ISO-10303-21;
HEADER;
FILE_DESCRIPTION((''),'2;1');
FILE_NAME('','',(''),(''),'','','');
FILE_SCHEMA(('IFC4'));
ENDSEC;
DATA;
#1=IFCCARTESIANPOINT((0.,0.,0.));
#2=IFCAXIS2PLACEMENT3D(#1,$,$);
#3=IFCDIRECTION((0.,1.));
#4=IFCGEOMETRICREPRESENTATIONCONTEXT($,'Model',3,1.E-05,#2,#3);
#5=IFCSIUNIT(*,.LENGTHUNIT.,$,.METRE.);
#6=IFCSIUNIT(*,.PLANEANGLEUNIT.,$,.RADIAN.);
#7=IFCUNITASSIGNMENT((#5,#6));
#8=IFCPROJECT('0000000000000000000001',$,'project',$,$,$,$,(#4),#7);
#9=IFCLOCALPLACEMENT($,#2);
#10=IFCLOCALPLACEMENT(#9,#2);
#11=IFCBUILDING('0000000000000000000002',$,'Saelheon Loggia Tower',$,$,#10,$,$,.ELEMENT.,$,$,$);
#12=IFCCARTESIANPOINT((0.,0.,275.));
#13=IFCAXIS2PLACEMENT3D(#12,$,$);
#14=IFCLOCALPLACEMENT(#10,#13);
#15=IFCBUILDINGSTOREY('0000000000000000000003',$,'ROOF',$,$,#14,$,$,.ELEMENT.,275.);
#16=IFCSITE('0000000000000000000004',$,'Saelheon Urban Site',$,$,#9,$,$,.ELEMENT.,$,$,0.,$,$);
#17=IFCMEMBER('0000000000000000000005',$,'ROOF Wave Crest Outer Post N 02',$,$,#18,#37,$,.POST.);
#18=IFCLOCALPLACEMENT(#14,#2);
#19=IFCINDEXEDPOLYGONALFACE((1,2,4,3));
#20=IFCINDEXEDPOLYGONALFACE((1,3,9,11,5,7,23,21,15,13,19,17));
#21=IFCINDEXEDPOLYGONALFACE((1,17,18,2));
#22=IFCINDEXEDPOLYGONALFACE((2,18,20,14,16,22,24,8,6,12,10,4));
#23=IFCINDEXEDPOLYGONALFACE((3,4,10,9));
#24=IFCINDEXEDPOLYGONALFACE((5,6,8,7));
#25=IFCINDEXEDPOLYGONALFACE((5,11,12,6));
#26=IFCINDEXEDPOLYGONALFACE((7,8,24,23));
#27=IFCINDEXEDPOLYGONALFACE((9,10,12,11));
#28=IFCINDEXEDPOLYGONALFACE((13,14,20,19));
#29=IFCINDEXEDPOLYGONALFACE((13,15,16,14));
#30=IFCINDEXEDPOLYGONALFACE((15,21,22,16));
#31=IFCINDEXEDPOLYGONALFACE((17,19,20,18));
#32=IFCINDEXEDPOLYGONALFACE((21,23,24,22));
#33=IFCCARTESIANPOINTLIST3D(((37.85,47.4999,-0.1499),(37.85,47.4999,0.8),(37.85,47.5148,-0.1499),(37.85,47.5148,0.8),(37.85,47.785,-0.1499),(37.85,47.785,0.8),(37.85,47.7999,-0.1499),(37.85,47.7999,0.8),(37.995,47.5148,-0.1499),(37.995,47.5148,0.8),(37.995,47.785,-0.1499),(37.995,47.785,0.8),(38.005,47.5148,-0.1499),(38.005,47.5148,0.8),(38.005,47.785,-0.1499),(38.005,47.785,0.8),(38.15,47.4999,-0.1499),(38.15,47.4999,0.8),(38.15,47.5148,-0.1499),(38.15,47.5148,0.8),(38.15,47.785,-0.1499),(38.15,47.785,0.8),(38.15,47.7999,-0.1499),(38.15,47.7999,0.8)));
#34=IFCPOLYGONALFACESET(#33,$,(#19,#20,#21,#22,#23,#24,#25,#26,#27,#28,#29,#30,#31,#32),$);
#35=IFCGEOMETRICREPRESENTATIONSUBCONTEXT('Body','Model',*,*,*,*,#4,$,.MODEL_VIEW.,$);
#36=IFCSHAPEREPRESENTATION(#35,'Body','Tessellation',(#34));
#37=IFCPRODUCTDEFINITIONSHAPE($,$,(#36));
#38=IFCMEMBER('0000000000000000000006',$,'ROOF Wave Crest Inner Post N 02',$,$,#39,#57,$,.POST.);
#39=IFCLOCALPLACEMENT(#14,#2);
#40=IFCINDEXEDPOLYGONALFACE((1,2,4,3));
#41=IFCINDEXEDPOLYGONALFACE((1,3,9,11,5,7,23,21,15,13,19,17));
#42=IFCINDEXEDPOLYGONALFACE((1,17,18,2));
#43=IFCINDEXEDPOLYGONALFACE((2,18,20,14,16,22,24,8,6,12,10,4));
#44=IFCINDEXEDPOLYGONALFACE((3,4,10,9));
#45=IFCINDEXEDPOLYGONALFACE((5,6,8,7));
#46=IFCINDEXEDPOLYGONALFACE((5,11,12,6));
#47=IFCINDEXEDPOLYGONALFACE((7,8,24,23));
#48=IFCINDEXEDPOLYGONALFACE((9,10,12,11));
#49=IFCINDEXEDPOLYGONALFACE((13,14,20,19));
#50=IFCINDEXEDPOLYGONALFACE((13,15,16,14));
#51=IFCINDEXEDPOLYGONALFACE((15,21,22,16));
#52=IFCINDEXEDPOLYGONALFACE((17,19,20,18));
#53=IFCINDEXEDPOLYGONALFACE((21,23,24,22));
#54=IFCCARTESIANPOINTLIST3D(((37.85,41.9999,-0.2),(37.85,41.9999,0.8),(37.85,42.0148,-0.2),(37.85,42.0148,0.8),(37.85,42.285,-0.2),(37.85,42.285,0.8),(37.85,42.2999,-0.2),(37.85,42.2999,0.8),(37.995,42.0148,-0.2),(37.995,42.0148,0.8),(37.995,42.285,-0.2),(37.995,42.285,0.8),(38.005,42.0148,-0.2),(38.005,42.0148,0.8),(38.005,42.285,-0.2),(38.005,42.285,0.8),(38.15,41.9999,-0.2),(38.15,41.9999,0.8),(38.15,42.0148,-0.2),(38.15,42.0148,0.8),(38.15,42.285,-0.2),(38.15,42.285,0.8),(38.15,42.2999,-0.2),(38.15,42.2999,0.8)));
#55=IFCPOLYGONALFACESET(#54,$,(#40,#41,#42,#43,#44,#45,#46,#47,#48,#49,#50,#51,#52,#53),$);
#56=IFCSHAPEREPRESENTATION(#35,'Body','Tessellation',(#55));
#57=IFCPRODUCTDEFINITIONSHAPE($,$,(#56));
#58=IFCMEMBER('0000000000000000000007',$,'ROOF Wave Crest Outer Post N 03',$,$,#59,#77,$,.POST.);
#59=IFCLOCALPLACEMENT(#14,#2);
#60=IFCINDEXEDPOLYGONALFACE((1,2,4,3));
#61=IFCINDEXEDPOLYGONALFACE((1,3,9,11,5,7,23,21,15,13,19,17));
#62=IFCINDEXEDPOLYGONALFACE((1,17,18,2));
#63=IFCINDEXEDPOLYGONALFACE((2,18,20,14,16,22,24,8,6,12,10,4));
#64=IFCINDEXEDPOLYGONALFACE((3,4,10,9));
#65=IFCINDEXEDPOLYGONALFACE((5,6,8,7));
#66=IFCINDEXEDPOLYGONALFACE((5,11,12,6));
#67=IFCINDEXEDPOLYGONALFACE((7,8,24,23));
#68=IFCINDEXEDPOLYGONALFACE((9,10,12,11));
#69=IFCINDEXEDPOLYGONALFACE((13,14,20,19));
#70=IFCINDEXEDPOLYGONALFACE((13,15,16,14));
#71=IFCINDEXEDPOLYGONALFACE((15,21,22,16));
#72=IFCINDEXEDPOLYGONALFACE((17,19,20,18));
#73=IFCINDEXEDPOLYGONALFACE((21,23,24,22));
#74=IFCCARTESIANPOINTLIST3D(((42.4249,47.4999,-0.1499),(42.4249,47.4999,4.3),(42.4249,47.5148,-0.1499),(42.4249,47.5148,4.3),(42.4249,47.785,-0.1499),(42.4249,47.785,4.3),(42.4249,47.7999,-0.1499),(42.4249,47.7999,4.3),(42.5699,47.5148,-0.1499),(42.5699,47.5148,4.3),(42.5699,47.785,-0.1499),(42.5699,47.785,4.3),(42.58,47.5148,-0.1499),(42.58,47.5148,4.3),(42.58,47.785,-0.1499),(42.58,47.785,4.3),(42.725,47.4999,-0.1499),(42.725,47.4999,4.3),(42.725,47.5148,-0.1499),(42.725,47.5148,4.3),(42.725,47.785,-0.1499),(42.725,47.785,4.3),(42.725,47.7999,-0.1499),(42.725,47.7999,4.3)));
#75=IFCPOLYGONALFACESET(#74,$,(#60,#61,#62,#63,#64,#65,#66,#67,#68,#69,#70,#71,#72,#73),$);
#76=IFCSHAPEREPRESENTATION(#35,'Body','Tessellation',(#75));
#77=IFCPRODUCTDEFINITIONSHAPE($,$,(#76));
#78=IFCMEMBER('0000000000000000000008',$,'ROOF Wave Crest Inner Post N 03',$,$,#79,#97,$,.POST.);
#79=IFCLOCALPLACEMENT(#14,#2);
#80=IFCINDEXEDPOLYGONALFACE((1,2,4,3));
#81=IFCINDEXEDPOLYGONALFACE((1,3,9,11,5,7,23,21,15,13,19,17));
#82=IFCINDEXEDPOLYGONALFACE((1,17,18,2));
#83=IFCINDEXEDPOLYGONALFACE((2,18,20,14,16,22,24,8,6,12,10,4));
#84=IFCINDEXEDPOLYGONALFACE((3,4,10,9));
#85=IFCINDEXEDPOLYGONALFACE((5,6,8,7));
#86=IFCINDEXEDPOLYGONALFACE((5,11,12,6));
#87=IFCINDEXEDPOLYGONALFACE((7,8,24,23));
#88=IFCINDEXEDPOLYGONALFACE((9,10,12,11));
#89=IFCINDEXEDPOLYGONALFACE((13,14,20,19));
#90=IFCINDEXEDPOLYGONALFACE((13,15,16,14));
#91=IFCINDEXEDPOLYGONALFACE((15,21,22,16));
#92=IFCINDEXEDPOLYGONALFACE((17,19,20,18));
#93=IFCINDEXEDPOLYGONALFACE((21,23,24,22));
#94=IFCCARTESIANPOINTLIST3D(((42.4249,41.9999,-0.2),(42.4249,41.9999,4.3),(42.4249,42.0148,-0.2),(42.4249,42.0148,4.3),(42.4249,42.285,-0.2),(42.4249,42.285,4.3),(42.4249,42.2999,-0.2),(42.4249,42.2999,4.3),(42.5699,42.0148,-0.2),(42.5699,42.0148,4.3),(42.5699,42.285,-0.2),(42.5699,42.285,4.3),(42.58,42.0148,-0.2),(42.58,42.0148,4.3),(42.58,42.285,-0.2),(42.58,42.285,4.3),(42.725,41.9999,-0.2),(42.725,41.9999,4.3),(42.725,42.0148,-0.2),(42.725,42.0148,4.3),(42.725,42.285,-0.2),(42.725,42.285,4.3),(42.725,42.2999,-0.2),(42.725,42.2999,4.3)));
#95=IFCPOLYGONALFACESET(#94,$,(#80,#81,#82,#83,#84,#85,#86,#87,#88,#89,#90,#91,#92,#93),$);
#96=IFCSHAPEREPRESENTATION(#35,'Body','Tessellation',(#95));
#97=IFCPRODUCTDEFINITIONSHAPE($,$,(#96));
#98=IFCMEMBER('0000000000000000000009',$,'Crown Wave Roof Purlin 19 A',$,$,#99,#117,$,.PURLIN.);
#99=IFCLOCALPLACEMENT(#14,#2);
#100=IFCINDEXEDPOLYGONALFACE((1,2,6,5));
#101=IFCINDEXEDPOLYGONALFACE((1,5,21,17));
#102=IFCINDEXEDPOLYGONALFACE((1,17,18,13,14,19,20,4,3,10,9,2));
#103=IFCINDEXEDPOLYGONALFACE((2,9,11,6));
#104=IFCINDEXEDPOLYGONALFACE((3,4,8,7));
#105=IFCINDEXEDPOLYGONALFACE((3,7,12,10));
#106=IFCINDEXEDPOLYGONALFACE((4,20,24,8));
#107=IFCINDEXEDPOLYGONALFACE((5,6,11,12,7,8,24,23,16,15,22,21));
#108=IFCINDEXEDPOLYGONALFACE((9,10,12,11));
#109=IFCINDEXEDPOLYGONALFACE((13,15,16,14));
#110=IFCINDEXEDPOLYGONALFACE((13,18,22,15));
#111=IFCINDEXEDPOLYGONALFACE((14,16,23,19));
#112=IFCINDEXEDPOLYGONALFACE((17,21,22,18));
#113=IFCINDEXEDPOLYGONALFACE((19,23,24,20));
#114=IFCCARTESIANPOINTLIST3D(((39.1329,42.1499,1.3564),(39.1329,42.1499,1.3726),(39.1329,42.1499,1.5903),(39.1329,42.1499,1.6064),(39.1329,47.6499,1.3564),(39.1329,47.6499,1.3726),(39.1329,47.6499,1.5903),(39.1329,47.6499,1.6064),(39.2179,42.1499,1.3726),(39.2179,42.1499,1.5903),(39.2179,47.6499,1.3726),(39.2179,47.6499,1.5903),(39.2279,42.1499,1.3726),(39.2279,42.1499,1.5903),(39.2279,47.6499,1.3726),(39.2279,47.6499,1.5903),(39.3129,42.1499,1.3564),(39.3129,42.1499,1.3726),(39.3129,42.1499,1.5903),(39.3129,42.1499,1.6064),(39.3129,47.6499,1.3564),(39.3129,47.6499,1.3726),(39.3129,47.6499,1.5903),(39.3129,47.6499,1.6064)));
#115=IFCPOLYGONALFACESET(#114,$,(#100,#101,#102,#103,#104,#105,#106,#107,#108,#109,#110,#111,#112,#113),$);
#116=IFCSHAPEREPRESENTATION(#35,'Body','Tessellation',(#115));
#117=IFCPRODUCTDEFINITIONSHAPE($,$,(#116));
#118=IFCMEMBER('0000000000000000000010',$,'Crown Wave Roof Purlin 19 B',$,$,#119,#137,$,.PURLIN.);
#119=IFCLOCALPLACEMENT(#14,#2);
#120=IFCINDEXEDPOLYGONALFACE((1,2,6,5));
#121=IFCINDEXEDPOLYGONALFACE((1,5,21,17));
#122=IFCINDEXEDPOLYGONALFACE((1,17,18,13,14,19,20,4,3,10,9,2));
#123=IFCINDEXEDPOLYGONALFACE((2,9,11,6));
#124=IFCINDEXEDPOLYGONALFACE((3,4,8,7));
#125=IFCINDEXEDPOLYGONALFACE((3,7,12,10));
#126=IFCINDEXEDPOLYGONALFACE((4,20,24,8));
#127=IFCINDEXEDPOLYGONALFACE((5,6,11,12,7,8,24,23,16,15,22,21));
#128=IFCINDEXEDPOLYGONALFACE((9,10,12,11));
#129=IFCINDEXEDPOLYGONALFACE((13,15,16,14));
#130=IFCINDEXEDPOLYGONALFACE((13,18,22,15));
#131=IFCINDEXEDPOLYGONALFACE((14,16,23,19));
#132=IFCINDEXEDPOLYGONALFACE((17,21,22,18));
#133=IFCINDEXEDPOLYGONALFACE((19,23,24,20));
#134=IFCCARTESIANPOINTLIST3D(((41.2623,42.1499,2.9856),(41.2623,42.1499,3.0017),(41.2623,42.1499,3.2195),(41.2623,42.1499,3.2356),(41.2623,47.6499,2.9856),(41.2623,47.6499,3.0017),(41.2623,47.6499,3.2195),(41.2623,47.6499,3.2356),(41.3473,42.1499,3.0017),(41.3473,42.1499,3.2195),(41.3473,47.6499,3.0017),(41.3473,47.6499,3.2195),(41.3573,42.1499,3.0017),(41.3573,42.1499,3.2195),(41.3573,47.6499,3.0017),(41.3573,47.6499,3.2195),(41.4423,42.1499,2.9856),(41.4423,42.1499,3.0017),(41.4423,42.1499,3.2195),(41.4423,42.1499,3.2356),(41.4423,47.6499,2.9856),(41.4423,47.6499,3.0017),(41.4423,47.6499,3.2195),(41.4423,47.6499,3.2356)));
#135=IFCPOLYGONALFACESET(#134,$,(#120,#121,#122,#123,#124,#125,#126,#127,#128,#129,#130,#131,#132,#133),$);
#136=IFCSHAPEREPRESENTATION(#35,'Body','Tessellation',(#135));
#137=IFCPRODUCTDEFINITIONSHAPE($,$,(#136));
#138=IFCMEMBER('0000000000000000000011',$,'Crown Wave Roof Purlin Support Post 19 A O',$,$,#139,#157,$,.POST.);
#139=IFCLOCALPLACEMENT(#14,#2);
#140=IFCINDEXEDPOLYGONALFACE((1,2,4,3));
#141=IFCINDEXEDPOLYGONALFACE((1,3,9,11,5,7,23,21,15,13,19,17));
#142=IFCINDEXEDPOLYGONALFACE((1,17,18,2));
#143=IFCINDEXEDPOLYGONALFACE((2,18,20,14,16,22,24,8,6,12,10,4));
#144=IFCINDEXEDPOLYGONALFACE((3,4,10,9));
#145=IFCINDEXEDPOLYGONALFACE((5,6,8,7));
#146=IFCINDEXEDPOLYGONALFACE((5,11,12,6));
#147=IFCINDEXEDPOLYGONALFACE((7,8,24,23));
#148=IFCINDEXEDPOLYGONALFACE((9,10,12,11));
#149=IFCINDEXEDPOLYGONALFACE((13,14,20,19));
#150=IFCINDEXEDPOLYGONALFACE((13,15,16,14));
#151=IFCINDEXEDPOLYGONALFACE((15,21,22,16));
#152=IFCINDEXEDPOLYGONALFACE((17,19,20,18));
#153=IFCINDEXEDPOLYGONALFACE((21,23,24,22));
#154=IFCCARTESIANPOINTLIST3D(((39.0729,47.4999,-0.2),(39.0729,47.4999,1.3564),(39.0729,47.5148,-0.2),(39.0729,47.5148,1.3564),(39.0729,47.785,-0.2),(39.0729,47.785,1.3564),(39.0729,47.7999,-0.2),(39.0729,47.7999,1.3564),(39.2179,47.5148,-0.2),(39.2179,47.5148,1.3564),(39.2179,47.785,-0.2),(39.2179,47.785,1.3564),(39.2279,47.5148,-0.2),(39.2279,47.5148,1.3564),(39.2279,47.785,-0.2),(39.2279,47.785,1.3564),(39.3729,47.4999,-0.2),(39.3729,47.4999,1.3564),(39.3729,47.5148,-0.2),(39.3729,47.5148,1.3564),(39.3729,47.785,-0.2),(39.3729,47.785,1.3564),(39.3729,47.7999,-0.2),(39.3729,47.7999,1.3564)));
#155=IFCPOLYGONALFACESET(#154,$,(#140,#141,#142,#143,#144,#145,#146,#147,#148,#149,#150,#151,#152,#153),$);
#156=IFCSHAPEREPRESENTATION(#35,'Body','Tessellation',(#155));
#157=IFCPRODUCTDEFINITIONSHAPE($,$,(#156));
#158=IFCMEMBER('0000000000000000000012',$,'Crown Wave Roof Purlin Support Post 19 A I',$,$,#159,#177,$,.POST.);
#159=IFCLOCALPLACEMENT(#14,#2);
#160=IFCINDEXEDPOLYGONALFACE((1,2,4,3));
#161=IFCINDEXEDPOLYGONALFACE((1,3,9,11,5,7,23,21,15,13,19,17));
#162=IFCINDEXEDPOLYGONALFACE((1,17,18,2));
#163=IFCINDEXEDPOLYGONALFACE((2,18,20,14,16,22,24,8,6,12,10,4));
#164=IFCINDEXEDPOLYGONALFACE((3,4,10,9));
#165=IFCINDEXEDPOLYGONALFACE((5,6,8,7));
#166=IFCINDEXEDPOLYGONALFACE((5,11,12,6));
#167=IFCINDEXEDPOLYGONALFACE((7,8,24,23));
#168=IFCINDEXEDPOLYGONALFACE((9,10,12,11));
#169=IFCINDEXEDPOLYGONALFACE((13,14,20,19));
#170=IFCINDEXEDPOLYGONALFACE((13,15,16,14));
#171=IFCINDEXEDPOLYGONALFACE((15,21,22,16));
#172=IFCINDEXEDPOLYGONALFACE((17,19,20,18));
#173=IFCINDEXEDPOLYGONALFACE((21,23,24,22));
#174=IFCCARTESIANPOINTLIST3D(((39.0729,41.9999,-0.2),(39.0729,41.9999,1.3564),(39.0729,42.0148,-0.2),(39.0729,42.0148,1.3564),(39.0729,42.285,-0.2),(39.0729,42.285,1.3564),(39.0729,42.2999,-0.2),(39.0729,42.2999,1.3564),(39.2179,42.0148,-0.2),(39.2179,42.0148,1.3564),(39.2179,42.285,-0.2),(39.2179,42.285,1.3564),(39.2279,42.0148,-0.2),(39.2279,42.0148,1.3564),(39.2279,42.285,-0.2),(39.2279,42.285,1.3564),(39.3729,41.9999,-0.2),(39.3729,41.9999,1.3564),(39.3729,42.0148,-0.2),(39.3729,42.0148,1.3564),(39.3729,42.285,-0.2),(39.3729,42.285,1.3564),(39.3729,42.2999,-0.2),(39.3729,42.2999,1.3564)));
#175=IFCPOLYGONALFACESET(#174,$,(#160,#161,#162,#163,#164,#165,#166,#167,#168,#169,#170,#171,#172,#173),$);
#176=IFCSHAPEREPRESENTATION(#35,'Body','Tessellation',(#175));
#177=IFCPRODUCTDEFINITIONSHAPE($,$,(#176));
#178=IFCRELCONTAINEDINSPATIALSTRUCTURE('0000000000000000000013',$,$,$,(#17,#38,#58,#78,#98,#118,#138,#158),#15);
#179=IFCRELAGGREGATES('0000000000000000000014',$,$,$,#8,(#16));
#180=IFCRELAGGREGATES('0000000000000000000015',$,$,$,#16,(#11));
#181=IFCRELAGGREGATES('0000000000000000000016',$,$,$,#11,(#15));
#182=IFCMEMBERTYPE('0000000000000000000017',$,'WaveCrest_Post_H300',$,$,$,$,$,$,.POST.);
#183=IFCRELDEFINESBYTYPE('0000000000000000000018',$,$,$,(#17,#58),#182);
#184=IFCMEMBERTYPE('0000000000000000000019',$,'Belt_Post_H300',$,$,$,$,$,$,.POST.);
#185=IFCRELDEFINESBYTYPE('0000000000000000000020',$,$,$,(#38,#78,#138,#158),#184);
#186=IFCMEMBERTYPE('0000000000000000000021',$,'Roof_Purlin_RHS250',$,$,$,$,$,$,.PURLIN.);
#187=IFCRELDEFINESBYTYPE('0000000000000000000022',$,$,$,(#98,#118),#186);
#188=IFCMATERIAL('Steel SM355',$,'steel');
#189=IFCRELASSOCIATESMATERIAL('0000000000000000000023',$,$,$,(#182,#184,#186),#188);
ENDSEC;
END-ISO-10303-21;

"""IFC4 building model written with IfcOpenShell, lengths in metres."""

from ifc_helpers import new_model, si_unit, direction, frame, origin, origin_2d, place, context, subcontext, project, spatial, i_section, extrude, source, transform, mapped, material, material_profile, profile_set, type_object, element, save


model = new_model("IFC4")

# Units and contexts
model_context = context("Model", 3, precision=1e-05, world=origin(), true_north=direction((0.0, 1.0)))
body_context = subcontext(model_context, "Body", "Model", "MODEL_VIEW")
ifc_project = project(units=[si_unit("LENGTHUNIT", "METRE"), si_unit("PLANEANGLEUNIT", "RADIAN")], contexts=[model_context])

# Site, building, storey
site_placement = place(None, origin())
site = spatial("IfcSite", under=ifc_project, at=site_placement, Name="Saelheon Urban Site", CompositionType="ELEMENT", RefElevation=0.0)
building_placement = place(site_placement, origin())
building = spatial("IfcBuilding", under=site, at=building_placement, Name="Saelheon Loggia Tower", CompositionType="ELEMENT")
storey_placement = place(building_placement, frame((0.0, 0.0, 275.0)))
storey = spatial("IfcBuildingStorey", under=building, at=storey_placement, Name="ROOF", CompositionType="ELEMENT", Elevation=275.0)

# Members
ifc_material_1 = material(Name="Steel SM355", Category="steel")
ifc_material_profile_1 = material_profile(ifc_material_1, i_section(OverallWidth=0.3, OverallDepth=0.3, WebThickness=0.01, FlangeThickness=0.0149, at=origin_2d()), Name="H-300x300x10x15")
ifc_profile_set_1 = profile_set([ifc_material_profile_1], Name="Steel SM355")
member_type_1 = type_object("IfcMemberType", Name="WaveCrest_Post_H300", PredefinedType="POST", material=ifc_profile_set_1)
shared_shape_1 = source(origin(), body_context, "Body", "SweptSolid", [
    extrude(i_section(OverallWidth=0.3, OverallDepth=0.3, WebThickness=0.01, FlangeThickness=0.0149, at=origin_2d()), origin(), (0.0, 0.0, 1.0), 0.95),
])
member_1_placement = place(storey_placement, frame((38.0, 47.6499, -0.1499), z_axis=(0.0, 0.0, 1.0), x_axis=(1.0, 0.0, 0.0)))
element("IfcMember", 1, at=member_1_placement, inside=storey, type_object=member_type_1, Name="ROOF Wave Crest Outer Post N 02", PredefinedType="POST", context=body_context, shape_type="MappedRepresentation", body=[
    mapped(shared_shape_1, transform((0.0, 0.0, 0.0), scale=1.0)),
])
ifc_material_profile_2 = material_profile(ifc_material_1, i_section(OverallWidth=0.3, OverallDepth=0.3, WebThickness=0.01, FlangeThickness=0.0149, at=origin_2d()), Name="H-300x300x10x15")
ifc_profile_set_2 = profile_set([ifc_material_profile_2], Name="Steel SM355")
member_type_2 = type_object("IfcMemberType", Name="Belt_Post_H300", PredefinedType="POST", material=ifc_profile_set_2)
shared_shape_2 = source(origin(), body_context, "Body", "SweptSolid", [
    extrude(i_section(OverallWidth=0.3, OverallDepth=0.3, WebThickness=0.01, FlangeThickness=0.0149, at=origin_2d()), origin(), (0.0, 0.0, 1.0), 1.0),
])
member_2_placement = place(storey_placement, frame((38.0, 42.1499, -0.2), z_axis=(0.0, 0.0, 1.0), x_axis=(1.0, 0.0, 0.0)))
element("IfcMember", 2, at=member_2_placement, inside=storey, type_object=member_type_2, Name="ROOF Wave Crest Inner Post N 02", PredefinedType="POST", context=body_context, shape_type="MappedRepresentation", body=[
    mapped(shared_shape_2, transform((0.0, 0.0, 0.0), scale=1.0)),
])
shared_shape_3 = source(origin(), body_context, "Body", "SweptSolid", [
    extrude(i_section(OverallWidth=0.3, OverallDepth=0.3, WebThickness=0.01, FlangeThickness=0.0149, at=origin_2d()), origin(), (0.0, 0.0, 1.0), 4.45),
])
member_3_placement = place(storey_placement, frame((42.575, 47.6499, -0.1499), z_axis=(0.0, 0.0, 1.0), x_axis=(1.0, 0.0, 0.0)))
element("IfcMember", 3, at=member_3_placement, inside=storey, type_object=member_type_1, Name="ROOF Wave Crest Outer Post N 03", PredefinedType="POST", context=body_context, shape_type="MappedRepresentation", body=[
    mapped(shared_shape_3, transform((0.0, 0.0, 0.0), scale=1.0)),
])
shared_shape_4 = source(origin(), body_context, "Body", "SweptSolid", [
    extrude(i_section(OverallWidth=0.3, OverallDepth=0.3, WebThickness=0.01, FlangeThickness=0.0149, at=origin_2d()), origin(), (0.0, 0.0, 1.0), 4.5),
])
member_4_placement = place(storey_placement, frame((42.575, 42.1499, -0.2), z_axis=(0.0, 0.0, 1.0), x_axis=(1.0, 0.0, 0.0)))
element("IfcMember", 4, at=member_4_placement, inside=storey, type_object=member_type_2, Name="ROOF Wave Crest Inner Post N 03", PredefinedType="POST", context=body_context, shape_type="MappedRepresentation", body=[
    mapped(shared_shape_4, transform((0.0, 0.0, 0.0), scale=1.0)),
])
ifc_material_profile_3 = material_profile(ifc_material_1, i_section(OverallWidth=0.1799, OverallDepth=0.25, WebThickness=0.01, FlangeThickness=0.0161, at=origin_2d()), Name="H-250x180x10x16")
ifc_profile_set_3 = profile_set([ifc_material_profile_3], Name="Steel SM355")
member_type_3 = type_object("IfcMemberType", Name="Roof_Purlin_RHS250", PredefinedType="PURLIN", material=ifc_profile_set_3)
shared_shape_5 = source(origin(), body_context, "Body", "SweptSolid", [
    extrude(i_section(OverallWidth=0.1799, OverallDepth=0.25, WebThickness=0.01, FlangeThickness=0.0161, at=origin_2d()), origin(), (0.0, 0.0, 1.0), 5.5),
])
for number, where, z_axis, x_axis, name in (
    (5, (39.2229, 47.6499, 1.4814), (0.0, -1.0, 0.0), (1.0, 0.0, 0.0), "Crown Wave Roof Purlin 19 A"),
    (6, (41.3523, 47.6499, 3.1106), (0.0, -1.0, 0.0), (1.0, 0.0, 0.0), "Crown Wave Roof Purlin 19 B"),
):
    element("IfcMember", number, at=place(storey_placement, frame(where, z_axis=z_axis, x_axis=x_axis)), inside=storey, type_object=member_type_3, Name=name, PredefinedType="PURLIN", context=body_context, shape_type="MappedRepresentation", body=[
        mapped(shared_shape_5, transform((0.0, 0.0, 0.0), scale=1.0)),
    ])
shared_shape_6 = source(origin(), body_context, "Body", "SweptSolid", [
    extrude(i_section(OverallWidth=0.3, OverallDepth=0.3, WebThickness=0.01, FlangeThickness=0.0149, at=origin_2d()), origin(), (0.0, 0.0, 1.0), 1.5564),
])
for number, where, z_axis, x_axis, name in (
    (7, (39.2229, 47.6499, -0.2), (0.0, 0.0, 1.0), (1.0, 0.0, 0.0), "Crown Wave Roof Purlin Support Post 19 A O"),
    (8, (39.2229, 42.1499, -0.2), (0.0, 0.0, 1.0), (1.0, 0.0, 0.0), "Crown Wave Roof Purlin Support Post 19 A I"),
):
    element("IfcMember", number, at=place(storey_placement, frame(where, z_axis=z_axis, x_axis=x_axis)), inside=storey, type_object=member_type_2, Name=name, PredefinedType="POST", context=body_context, shape_type="MappedRepresentation", body=[
        mapped(shared_shape_6, transform((0.0, 0.0, 0.0), scale=1.0)),
    ])

save(model, "model.ifc")
